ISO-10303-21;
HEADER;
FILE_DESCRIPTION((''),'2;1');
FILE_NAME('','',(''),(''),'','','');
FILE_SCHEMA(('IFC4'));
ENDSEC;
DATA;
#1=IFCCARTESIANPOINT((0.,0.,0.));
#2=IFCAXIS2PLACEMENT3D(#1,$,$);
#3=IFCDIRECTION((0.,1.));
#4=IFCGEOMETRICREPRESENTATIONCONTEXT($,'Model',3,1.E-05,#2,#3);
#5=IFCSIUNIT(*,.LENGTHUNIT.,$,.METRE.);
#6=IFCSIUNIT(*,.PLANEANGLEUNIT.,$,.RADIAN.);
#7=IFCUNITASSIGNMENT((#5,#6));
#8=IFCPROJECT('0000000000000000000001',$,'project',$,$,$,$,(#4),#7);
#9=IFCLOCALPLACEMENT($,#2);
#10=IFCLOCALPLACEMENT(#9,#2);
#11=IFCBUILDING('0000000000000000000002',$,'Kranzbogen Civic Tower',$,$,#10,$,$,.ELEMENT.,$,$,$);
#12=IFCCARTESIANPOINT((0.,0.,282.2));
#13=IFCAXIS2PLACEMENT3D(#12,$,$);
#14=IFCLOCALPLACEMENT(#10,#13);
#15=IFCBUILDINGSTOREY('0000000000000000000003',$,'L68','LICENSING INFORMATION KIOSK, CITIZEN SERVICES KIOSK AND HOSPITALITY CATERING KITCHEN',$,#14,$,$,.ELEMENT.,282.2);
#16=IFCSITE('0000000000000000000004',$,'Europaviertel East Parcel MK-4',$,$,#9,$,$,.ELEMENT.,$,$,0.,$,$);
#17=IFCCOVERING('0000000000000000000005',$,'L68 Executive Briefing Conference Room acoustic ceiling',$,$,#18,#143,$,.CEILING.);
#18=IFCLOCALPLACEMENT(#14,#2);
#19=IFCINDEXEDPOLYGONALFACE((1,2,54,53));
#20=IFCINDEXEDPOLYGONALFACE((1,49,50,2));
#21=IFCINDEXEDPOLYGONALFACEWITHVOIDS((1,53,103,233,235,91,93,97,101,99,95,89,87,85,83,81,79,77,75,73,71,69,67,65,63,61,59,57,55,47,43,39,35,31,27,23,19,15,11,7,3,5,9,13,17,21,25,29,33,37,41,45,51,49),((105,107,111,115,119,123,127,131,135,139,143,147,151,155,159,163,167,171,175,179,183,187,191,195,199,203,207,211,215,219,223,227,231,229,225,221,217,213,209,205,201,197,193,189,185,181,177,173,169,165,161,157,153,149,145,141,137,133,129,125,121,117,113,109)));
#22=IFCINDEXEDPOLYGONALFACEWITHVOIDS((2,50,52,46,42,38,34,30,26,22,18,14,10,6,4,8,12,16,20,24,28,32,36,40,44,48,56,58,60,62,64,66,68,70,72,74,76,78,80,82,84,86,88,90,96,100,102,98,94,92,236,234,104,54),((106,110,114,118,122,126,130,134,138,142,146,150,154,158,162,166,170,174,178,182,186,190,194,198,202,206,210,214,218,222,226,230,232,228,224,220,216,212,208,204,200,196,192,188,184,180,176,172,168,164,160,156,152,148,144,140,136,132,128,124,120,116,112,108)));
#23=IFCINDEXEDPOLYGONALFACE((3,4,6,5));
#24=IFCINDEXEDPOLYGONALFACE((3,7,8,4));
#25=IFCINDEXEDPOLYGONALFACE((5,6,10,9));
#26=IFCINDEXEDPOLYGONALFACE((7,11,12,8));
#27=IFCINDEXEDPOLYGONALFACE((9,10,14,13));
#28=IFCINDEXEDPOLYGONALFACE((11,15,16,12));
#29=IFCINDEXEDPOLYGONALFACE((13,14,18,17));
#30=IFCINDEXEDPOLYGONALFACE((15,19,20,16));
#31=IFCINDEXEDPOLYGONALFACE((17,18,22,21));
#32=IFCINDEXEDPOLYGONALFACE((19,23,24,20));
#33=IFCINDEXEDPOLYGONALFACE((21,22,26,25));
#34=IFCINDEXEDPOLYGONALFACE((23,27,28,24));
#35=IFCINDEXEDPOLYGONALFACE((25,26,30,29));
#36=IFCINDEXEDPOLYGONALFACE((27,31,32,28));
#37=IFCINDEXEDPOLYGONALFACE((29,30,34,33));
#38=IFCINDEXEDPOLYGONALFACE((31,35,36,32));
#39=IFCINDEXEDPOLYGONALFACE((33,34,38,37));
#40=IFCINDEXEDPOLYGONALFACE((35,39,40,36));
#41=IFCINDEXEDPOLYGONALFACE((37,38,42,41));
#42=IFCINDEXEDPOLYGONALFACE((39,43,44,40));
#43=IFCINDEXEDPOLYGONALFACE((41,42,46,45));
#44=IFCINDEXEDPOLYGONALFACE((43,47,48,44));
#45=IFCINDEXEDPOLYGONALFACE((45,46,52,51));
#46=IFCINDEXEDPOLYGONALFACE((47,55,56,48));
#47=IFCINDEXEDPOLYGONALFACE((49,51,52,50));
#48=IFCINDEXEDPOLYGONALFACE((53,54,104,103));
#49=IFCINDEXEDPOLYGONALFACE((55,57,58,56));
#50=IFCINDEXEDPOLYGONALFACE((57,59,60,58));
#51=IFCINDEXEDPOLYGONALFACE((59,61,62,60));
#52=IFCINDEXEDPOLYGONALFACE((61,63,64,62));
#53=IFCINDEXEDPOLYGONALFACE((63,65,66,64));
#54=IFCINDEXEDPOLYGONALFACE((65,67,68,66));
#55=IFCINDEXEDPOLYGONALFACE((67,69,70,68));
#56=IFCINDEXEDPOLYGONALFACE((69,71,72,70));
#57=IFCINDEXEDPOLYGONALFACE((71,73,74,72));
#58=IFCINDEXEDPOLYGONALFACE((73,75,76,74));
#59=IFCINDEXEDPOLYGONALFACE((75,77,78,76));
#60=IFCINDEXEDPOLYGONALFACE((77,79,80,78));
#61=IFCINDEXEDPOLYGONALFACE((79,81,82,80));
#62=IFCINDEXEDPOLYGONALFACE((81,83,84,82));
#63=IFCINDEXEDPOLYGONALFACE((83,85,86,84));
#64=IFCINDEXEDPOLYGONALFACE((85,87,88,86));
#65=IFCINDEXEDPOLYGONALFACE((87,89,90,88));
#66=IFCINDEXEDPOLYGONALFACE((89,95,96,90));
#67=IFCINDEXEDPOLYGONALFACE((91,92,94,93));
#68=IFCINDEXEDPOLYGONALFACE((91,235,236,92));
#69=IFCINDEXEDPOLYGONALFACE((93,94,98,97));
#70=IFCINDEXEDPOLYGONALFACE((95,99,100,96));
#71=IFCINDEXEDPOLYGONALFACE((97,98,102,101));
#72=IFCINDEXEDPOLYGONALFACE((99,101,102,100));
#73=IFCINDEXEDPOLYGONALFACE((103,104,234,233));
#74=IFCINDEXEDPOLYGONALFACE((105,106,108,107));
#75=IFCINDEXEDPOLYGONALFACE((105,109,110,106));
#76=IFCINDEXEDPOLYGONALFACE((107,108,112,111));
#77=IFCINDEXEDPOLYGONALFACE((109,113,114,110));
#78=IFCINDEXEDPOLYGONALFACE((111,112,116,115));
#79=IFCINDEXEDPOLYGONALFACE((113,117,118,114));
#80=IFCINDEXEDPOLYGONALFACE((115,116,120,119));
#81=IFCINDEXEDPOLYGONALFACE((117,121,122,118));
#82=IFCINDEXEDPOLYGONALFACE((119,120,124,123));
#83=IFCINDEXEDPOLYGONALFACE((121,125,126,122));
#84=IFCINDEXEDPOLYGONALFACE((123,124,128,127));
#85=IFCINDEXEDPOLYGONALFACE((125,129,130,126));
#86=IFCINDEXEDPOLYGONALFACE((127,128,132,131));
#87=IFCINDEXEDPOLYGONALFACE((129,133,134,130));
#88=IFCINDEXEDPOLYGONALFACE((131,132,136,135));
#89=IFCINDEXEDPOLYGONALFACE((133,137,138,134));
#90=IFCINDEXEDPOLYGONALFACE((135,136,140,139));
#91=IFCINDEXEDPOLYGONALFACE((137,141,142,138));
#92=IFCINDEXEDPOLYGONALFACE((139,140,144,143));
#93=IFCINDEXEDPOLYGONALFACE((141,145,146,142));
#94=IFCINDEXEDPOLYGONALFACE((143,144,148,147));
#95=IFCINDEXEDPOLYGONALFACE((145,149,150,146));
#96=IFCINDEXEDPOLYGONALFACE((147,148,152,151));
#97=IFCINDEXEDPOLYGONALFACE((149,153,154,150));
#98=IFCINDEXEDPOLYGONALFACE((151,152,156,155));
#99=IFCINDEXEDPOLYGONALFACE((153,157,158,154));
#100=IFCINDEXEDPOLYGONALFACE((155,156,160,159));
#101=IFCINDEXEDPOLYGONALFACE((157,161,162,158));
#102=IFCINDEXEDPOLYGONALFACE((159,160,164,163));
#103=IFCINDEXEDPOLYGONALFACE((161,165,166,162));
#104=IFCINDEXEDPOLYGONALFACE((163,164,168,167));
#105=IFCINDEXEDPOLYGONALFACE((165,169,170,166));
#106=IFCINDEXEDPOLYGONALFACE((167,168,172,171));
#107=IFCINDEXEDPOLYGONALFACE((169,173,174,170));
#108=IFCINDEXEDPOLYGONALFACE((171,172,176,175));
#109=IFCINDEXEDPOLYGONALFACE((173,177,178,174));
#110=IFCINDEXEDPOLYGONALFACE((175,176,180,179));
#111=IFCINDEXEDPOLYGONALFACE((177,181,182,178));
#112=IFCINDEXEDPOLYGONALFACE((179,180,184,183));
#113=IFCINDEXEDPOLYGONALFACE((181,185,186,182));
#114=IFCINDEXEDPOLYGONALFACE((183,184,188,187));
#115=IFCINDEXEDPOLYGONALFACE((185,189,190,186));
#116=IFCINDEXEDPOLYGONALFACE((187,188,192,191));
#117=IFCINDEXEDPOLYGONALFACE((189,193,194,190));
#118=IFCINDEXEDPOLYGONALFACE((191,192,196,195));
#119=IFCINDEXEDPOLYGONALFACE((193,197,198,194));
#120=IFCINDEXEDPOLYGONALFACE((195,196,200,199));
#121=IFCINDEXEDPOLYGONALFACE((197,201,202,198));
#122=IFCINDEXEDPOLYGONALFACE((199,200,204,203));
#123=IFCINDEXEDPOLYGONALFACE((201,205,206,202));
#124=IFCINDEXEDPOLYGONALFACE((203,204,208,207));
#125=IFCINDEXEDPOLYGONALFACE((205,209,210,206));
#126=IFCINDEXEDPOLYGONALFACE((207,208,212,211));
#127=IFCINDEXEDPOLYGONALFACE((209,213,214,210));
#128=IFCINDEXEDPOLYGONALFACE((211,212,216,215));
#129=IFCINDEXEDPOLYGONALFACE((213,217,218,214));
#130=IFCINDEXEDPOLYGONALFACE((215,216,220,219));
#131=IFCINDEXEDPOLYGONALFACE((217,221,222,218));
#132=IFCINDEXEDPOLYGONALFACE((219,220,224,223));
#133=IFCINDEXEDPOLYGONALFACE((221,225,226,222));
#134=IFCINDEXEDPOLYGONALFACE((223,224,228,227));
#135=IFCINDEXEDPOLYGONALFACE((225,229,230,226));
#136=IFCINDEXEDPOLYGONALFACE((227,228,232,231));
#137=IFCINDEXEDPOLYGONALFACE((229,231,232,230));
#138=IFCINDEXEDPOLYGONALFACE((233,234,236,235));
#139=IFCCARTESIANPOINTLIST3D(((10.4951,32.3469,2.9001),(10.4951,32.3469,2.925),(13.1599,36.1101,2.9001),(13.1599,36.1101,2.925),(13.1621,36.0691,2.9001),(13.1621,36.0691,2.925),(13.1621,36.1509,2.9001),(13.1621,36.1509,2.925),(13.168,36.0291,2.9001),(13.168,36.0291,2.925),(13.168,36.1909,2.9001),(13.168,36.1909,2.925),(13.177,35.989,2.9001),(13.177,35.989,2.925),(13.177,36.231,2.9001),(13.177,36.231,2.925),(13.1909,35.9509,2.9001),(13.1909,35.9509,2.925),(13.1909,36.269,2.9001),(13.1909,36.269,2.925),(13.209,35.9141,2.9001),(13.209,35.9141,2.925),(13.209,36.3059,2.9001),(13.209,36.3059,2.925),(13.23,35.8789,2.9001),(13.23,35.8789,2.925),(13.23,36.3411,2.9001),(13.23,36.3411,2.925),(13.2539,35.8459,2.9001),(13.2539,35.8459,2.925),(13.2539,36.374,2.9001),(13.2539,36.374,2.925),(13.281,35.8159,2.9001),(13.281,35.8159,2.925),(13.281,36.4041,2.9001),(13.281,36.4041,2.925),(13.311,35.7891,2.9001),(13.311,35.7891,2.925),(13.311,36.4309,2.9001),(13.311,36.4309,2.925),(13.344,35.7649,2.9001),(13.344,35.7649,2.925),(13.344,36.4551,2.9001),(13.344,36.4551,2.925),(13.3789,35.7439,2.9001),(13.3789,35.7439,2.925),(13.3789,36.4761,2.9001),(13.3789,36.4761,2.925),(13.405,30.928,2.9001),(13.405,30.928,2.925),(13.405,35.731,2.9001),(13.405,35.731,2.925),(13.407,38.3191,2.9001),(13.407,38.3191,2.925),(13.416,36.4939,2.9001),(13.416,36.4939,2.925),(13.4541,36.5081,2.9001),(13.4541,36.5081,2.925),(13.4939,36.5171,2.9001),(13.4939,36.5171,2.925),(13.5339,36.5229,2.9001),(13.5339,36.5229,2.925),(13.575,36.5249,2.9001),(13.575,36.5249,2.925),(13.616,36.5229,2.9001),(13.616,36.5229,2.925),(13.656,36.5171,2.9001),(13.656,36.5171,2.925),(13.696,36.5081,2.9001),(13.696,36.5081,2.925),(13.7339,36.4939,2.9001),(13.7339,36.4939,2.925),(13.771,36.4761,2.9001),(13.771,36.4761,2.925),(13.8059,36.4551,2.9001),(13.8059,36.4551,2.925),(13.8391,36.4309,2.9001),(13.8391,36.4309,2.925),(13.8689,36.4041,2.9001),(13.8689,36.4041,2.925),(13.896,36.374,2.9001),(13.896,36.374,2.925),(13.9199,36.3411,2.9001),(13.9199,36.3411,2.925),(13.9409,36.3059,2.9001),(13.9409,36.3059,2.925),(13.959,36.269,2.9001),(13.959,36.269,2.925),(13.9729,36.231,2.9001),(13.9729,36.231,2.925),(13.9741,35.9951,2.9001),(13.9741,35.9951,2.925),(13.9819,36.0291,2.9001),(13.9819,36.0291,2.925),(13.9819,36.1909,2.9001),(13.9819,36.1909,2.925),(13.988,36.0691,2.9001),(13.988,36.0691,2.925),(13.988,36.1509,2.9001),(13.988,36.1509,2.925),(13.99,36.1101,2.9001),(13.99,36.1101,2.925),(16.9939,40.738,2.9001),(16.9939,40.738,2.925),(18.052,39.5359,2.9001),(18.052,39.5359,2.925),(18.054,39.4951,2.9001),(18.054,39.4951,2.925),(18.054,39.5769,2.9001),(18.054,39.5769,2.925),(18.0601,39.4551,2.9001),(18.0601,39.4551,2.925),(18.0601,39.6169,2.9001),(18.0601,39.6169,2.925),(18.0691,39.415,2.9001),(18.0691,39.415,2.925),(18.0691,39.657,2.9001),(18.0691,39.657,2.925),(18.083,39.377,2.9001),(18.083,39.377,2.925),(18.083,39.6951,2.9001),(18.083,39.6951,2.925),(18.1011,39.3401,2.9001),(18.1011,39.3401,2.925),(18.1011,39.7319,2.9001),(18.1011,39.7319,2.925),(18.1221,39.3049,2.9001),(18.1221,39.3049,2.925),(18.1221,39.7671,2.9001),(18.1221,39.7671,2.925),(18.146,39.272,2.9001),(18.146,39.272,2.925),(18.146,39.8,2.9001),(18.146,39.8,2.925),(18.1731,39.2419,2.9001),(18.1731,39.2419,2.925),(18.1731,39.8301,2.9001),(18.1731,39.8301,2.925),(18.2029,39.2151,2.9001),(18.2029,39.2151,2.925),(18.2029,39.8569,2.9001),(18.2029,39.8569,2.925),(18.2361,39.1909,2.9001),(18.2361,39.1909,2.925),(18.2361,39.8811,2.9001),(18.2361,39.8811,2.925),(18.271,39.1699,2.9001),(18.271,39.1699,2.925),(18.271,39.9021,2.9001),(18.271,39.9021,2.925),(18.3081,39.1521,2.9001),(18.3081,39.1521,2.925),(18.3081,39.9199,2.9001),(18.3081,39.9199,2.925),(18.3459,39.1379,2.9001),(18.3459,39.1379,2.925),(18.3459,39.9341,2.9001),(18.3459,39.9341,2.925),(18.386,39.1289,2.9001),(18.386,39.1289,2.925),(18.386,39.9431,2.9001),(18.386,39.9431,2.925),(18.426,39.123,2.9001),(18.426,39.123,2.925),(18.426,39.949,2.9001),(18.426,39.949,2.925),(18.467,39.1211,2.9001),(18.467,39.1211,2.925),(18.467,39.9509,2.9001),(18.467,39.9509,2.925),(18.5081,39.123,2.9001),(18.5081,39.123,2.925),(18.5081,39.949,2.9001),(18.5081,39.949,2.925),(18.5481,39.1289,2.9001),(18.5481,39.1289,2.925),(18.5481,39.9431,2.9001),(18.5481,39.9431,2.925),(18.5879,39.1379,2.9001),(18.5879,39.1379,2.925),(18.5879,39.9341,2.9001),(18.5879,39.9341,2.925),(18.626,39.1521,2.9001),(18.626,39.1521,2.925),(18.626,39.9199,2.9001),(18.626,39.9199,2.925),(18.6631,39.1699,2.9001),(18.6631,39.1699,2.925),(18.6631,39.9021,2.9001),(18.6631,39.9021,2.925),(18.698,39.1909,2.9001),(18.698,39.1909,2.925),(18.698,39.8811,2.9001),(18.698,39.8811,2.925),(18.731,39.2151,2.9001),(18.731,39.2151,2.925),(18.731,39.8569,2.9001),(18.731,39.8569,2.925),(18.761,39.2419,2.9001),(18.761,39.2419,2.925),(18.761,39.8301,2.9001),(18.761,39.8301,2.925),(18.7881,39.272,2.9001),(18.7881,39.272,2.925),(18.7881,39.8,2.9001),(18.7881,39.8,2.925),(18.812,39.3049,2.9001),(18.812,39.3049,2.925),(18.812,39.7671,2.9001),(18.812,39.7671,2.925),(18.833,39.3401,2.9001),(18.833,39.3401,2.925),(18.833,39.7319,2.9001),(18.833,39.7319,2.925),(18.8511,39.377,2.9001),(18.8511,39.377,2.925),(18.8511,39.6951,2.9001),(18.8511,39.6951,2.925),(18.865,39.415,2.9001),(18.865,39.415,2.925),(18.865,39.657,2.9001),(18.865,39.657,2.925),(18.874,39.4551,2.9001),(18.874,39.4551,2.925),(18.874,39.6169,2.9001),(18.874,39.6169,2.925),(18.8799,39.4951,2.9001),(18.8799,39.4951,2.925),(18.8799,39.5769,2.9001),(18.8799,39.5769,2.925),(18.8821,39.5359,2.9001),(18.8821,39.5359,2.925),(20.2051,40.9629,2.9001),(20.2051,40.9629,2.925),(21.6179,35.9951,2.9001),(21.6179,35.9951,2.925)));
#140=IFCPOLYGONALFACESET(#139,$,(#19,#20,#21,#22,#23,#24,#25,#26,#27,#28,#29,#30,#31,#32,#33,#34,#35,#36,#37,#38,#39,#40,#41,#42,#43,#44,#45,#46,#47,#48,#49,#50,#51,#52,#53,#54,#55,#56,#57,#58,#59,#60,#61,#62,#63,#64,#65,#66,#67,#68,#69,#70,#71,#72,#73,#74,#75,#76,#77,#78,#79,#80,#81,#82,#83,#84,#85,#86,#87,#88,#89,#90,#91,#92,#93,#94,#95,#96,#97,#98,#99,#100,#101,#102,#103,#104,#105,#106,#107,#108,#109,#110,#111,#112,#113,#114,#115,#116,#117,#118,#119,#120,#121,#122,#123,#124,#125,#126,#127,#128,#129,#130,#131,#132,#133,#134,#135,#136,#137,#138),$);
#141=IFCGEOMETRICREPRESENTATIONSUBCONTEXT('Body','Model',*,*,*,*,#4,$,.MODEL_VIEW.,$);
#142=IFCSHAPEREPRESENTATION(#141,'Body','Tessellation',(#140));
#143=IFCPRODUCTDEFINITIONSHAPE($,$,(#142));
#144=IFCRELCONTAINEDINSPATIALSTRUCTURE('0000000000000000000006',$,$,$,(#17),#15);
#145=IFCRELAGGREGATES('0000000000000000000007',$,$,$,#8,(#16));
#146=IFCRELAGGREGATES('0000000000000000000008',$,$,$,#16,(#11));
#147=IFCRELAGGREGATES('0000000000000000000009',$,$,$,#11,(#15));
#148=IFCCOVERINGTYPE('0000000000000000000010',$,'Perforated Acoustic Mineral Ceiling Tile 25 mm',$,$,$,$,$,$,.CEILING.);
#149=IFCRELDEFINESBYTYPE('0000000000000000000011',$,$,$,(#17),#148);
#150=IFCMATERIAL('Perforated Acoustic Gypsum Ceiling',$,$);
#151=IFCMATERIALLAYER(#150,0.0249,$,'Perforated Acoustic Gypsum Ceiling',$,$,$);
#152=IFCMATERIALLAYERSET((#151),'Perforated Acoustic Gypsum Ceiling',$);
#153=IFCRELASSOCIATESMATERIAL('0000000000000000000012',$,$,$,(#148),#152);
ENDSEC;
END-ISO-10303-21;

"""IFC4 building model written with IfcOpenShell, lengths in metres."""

from ifc_helpers import new_model, si_unit, direction, frame, origin, place, context, subcontext, project, spatial, polyline, outline, extrude, material, layer, layer_set, type_object, element, save


model = new_model("IFC4")

# Units and contexts
model_context = context("Model", 3, precision=1e-05, world=origin(), true_north=direction((0.0, 1.0)))
body_context = subcontext(model_context, "Body", "Model", "MODEL_VIEW")
ifc_project = project(units=[si_unit("LENGTHUNIT", "METRE"), si_unit("PLANEANGLEUNIT", "RADIAN")], contexts=[model_context])

# Site, building, storey
site_placement = place(None, origin())
site = spatial("IfcSite", under=ifc_project, at=site_placement, Name="Europaviertel East Parcel MK-4", CompositionType="ELEMENT", RefElevation=0.0)
building_placement = place(site_placement, origin())
building = spatial("IfcBuilding", under=site, at=building_placement, Name="Kranzbogen Civic Tower", CompositionType="ELEMENT")
storey_placement = place(building_placement, frame((0.0, 0.0, 282.2)))
storey = spatial("IfcBuildingStorey", under=building, at=storey_placement, Name="L68", Description="LICENSING INFORMATION KIOSK, CITIZEN SERVICES KIOSK AND HOSPITALITY CATERING KITCHEN", CompositionType="ELEMENT", Elevation=282.2)

# Covering
ifc_material_1 = material(Name="Perforated Acoustic Gypsum Ceiling")
ifc_layer_1 = layer(ifc_material_1, 0.0249, Name="Perforated Acoustic Gypsum Ceiling")
ifc_layer_set_1 = layer_set([ifc_layer_1], Name="Perforated Acoustic Gypsum Ceiling")
covering_type_1 = type_object("IfcCoveringType", Name="Perforated Acoustic Mineral Ceiling Tile 25 mm", PredefinedType="CEILING", material=ifc_layer_set_1)
covering_1_placement = place(storey_placement, frame((0.0, 0.0, 2.9001)))
element("IfcCovering", 1, at=covering_1_placement, inside=storey, type_object=covering_type_1, Name="L68 Executive Briefing Conference Room acoustic ceiling", PredefinedType="CEILING", context=body_context, shape_type="SweptSolid", body=[
    extrude(outline(polyline([(16.9939, 40.738), (20.2051, 40.9629), (21.6179, 35.9951), (13.9741, 35.9951), (13.9819, 36.0291), (13.988, 36.0691), (13.99, 36.1101), (13.988, 36.1509), (13.9819, 36.1909), (13.9729, 36.231), (13.959, 36.269), (13.9409, 36.3059), (13.9199, 36.3411), (13.896, 36.374), (13.8689, 36.4041), (13.8391, 36.4309), (13.8059, 36.4551), (13.771, 36.4761), (13.7339, 36.4939), (13.696, 36.5081), (13.656, 36.5171), (13.616, 36.5229), (13.575, 36.5249), (13.5339, 36.5229), (13.4939, 36.5171), (13.4541, 36.5081), (13.416, 36.4939), (13.3789, 36.4761), (13.344, 36.4551), (13.311, 36.4309), (13.281, 36.4041), (13.2539, 36.374), (13.23, 36.3411), (13.209, 36.3059), (13.1909, 36.269), (13.177, 36.231), (13.168, 36.1909), (13.1621, 36.1509), (13.1599, 36.1101), (13.1621, 36.0691), (13.168, 36.0291), (13.177, 35.989), (13.1909, 35.9509), (13.209, 35.9141), (13.23, 35.8789), (13.2539, 35.8459), (13.281, 35.8159), (13.311, 35.7891), (13.344, 35.7649), (13.3789, 35.7439), (13.405, 35.731), (13.405, 30.928), (10.4951, 32.3469), (13.407, 38.3191), (16.9939, 40.738)]), holes=[polyline([(18.8511, 39.377), (18.833, 39.3401), (18.812, 39.3049), (18.7881, 39.272), (18.761, 39.2419), (18.731, 39.2151), (18.698, 39.1909), (18.6631, 39.1699), (18.626, 39.1521), (18.5879, 39.1379), (18.5481, 39.1289), (18.5081, 39.123), (18.467, 39.1211), (18.426, 39.123), (18.386, 39.1289), (18.3459, 39.1379), (18.3081, 39.1521), (18.271, 39.1699), (18.2361, 39.1909), (18.2029, 39.2151), (18.1731, 39.2419), (18.146, 39.272), (18.1221, 39.3049), (18.1011, 39.3401), (18.083, 39.377), (18.0691, 39.415), (18.0601, 39.4551), (18.054, 39.4951), (18.052, 39.5359), (18.054, 39.5769), (18.0601, 39.6169), (18.0691, 39.657), (18.083, 39.6951), (18.1011, 39.7319), (18.1221, 39.7671), (18.146, 39.8), (18.1731, 39.8301), (18.2029, 39.8569), (18.2361, 39.8811), (18.271, 39.9021), (18.3081, 39.9199), (18.3459, 39.9341), (18.386, 39.9431), (18.426, 39.949), (18.467, 39.9509), (18.5081, 39.949), (18.5481, 39.9431), (18.5879, 39.9341), (18.626, 39.9199), (18.6631, 39.9021), (18.698, 39.8811), (18.731, 39.8569), (18.761, 39.8301), (18.7881, 39.8), (18.812, 39.7671), (18.833, 39.7319), (18.8511, 39.6951), (18.865, 39.657), (18.874, 39.6169), (18.8799, 39.5769), (18.8821, 39.5359), (18.8799, 39.4951), (18.874, 39.4551), (18.865, 39.415), (18.8511, 39.377)])]), origin(), (0.0, 0.0, 1.0), 0.0249),
])

save(model, "model.ifc")
